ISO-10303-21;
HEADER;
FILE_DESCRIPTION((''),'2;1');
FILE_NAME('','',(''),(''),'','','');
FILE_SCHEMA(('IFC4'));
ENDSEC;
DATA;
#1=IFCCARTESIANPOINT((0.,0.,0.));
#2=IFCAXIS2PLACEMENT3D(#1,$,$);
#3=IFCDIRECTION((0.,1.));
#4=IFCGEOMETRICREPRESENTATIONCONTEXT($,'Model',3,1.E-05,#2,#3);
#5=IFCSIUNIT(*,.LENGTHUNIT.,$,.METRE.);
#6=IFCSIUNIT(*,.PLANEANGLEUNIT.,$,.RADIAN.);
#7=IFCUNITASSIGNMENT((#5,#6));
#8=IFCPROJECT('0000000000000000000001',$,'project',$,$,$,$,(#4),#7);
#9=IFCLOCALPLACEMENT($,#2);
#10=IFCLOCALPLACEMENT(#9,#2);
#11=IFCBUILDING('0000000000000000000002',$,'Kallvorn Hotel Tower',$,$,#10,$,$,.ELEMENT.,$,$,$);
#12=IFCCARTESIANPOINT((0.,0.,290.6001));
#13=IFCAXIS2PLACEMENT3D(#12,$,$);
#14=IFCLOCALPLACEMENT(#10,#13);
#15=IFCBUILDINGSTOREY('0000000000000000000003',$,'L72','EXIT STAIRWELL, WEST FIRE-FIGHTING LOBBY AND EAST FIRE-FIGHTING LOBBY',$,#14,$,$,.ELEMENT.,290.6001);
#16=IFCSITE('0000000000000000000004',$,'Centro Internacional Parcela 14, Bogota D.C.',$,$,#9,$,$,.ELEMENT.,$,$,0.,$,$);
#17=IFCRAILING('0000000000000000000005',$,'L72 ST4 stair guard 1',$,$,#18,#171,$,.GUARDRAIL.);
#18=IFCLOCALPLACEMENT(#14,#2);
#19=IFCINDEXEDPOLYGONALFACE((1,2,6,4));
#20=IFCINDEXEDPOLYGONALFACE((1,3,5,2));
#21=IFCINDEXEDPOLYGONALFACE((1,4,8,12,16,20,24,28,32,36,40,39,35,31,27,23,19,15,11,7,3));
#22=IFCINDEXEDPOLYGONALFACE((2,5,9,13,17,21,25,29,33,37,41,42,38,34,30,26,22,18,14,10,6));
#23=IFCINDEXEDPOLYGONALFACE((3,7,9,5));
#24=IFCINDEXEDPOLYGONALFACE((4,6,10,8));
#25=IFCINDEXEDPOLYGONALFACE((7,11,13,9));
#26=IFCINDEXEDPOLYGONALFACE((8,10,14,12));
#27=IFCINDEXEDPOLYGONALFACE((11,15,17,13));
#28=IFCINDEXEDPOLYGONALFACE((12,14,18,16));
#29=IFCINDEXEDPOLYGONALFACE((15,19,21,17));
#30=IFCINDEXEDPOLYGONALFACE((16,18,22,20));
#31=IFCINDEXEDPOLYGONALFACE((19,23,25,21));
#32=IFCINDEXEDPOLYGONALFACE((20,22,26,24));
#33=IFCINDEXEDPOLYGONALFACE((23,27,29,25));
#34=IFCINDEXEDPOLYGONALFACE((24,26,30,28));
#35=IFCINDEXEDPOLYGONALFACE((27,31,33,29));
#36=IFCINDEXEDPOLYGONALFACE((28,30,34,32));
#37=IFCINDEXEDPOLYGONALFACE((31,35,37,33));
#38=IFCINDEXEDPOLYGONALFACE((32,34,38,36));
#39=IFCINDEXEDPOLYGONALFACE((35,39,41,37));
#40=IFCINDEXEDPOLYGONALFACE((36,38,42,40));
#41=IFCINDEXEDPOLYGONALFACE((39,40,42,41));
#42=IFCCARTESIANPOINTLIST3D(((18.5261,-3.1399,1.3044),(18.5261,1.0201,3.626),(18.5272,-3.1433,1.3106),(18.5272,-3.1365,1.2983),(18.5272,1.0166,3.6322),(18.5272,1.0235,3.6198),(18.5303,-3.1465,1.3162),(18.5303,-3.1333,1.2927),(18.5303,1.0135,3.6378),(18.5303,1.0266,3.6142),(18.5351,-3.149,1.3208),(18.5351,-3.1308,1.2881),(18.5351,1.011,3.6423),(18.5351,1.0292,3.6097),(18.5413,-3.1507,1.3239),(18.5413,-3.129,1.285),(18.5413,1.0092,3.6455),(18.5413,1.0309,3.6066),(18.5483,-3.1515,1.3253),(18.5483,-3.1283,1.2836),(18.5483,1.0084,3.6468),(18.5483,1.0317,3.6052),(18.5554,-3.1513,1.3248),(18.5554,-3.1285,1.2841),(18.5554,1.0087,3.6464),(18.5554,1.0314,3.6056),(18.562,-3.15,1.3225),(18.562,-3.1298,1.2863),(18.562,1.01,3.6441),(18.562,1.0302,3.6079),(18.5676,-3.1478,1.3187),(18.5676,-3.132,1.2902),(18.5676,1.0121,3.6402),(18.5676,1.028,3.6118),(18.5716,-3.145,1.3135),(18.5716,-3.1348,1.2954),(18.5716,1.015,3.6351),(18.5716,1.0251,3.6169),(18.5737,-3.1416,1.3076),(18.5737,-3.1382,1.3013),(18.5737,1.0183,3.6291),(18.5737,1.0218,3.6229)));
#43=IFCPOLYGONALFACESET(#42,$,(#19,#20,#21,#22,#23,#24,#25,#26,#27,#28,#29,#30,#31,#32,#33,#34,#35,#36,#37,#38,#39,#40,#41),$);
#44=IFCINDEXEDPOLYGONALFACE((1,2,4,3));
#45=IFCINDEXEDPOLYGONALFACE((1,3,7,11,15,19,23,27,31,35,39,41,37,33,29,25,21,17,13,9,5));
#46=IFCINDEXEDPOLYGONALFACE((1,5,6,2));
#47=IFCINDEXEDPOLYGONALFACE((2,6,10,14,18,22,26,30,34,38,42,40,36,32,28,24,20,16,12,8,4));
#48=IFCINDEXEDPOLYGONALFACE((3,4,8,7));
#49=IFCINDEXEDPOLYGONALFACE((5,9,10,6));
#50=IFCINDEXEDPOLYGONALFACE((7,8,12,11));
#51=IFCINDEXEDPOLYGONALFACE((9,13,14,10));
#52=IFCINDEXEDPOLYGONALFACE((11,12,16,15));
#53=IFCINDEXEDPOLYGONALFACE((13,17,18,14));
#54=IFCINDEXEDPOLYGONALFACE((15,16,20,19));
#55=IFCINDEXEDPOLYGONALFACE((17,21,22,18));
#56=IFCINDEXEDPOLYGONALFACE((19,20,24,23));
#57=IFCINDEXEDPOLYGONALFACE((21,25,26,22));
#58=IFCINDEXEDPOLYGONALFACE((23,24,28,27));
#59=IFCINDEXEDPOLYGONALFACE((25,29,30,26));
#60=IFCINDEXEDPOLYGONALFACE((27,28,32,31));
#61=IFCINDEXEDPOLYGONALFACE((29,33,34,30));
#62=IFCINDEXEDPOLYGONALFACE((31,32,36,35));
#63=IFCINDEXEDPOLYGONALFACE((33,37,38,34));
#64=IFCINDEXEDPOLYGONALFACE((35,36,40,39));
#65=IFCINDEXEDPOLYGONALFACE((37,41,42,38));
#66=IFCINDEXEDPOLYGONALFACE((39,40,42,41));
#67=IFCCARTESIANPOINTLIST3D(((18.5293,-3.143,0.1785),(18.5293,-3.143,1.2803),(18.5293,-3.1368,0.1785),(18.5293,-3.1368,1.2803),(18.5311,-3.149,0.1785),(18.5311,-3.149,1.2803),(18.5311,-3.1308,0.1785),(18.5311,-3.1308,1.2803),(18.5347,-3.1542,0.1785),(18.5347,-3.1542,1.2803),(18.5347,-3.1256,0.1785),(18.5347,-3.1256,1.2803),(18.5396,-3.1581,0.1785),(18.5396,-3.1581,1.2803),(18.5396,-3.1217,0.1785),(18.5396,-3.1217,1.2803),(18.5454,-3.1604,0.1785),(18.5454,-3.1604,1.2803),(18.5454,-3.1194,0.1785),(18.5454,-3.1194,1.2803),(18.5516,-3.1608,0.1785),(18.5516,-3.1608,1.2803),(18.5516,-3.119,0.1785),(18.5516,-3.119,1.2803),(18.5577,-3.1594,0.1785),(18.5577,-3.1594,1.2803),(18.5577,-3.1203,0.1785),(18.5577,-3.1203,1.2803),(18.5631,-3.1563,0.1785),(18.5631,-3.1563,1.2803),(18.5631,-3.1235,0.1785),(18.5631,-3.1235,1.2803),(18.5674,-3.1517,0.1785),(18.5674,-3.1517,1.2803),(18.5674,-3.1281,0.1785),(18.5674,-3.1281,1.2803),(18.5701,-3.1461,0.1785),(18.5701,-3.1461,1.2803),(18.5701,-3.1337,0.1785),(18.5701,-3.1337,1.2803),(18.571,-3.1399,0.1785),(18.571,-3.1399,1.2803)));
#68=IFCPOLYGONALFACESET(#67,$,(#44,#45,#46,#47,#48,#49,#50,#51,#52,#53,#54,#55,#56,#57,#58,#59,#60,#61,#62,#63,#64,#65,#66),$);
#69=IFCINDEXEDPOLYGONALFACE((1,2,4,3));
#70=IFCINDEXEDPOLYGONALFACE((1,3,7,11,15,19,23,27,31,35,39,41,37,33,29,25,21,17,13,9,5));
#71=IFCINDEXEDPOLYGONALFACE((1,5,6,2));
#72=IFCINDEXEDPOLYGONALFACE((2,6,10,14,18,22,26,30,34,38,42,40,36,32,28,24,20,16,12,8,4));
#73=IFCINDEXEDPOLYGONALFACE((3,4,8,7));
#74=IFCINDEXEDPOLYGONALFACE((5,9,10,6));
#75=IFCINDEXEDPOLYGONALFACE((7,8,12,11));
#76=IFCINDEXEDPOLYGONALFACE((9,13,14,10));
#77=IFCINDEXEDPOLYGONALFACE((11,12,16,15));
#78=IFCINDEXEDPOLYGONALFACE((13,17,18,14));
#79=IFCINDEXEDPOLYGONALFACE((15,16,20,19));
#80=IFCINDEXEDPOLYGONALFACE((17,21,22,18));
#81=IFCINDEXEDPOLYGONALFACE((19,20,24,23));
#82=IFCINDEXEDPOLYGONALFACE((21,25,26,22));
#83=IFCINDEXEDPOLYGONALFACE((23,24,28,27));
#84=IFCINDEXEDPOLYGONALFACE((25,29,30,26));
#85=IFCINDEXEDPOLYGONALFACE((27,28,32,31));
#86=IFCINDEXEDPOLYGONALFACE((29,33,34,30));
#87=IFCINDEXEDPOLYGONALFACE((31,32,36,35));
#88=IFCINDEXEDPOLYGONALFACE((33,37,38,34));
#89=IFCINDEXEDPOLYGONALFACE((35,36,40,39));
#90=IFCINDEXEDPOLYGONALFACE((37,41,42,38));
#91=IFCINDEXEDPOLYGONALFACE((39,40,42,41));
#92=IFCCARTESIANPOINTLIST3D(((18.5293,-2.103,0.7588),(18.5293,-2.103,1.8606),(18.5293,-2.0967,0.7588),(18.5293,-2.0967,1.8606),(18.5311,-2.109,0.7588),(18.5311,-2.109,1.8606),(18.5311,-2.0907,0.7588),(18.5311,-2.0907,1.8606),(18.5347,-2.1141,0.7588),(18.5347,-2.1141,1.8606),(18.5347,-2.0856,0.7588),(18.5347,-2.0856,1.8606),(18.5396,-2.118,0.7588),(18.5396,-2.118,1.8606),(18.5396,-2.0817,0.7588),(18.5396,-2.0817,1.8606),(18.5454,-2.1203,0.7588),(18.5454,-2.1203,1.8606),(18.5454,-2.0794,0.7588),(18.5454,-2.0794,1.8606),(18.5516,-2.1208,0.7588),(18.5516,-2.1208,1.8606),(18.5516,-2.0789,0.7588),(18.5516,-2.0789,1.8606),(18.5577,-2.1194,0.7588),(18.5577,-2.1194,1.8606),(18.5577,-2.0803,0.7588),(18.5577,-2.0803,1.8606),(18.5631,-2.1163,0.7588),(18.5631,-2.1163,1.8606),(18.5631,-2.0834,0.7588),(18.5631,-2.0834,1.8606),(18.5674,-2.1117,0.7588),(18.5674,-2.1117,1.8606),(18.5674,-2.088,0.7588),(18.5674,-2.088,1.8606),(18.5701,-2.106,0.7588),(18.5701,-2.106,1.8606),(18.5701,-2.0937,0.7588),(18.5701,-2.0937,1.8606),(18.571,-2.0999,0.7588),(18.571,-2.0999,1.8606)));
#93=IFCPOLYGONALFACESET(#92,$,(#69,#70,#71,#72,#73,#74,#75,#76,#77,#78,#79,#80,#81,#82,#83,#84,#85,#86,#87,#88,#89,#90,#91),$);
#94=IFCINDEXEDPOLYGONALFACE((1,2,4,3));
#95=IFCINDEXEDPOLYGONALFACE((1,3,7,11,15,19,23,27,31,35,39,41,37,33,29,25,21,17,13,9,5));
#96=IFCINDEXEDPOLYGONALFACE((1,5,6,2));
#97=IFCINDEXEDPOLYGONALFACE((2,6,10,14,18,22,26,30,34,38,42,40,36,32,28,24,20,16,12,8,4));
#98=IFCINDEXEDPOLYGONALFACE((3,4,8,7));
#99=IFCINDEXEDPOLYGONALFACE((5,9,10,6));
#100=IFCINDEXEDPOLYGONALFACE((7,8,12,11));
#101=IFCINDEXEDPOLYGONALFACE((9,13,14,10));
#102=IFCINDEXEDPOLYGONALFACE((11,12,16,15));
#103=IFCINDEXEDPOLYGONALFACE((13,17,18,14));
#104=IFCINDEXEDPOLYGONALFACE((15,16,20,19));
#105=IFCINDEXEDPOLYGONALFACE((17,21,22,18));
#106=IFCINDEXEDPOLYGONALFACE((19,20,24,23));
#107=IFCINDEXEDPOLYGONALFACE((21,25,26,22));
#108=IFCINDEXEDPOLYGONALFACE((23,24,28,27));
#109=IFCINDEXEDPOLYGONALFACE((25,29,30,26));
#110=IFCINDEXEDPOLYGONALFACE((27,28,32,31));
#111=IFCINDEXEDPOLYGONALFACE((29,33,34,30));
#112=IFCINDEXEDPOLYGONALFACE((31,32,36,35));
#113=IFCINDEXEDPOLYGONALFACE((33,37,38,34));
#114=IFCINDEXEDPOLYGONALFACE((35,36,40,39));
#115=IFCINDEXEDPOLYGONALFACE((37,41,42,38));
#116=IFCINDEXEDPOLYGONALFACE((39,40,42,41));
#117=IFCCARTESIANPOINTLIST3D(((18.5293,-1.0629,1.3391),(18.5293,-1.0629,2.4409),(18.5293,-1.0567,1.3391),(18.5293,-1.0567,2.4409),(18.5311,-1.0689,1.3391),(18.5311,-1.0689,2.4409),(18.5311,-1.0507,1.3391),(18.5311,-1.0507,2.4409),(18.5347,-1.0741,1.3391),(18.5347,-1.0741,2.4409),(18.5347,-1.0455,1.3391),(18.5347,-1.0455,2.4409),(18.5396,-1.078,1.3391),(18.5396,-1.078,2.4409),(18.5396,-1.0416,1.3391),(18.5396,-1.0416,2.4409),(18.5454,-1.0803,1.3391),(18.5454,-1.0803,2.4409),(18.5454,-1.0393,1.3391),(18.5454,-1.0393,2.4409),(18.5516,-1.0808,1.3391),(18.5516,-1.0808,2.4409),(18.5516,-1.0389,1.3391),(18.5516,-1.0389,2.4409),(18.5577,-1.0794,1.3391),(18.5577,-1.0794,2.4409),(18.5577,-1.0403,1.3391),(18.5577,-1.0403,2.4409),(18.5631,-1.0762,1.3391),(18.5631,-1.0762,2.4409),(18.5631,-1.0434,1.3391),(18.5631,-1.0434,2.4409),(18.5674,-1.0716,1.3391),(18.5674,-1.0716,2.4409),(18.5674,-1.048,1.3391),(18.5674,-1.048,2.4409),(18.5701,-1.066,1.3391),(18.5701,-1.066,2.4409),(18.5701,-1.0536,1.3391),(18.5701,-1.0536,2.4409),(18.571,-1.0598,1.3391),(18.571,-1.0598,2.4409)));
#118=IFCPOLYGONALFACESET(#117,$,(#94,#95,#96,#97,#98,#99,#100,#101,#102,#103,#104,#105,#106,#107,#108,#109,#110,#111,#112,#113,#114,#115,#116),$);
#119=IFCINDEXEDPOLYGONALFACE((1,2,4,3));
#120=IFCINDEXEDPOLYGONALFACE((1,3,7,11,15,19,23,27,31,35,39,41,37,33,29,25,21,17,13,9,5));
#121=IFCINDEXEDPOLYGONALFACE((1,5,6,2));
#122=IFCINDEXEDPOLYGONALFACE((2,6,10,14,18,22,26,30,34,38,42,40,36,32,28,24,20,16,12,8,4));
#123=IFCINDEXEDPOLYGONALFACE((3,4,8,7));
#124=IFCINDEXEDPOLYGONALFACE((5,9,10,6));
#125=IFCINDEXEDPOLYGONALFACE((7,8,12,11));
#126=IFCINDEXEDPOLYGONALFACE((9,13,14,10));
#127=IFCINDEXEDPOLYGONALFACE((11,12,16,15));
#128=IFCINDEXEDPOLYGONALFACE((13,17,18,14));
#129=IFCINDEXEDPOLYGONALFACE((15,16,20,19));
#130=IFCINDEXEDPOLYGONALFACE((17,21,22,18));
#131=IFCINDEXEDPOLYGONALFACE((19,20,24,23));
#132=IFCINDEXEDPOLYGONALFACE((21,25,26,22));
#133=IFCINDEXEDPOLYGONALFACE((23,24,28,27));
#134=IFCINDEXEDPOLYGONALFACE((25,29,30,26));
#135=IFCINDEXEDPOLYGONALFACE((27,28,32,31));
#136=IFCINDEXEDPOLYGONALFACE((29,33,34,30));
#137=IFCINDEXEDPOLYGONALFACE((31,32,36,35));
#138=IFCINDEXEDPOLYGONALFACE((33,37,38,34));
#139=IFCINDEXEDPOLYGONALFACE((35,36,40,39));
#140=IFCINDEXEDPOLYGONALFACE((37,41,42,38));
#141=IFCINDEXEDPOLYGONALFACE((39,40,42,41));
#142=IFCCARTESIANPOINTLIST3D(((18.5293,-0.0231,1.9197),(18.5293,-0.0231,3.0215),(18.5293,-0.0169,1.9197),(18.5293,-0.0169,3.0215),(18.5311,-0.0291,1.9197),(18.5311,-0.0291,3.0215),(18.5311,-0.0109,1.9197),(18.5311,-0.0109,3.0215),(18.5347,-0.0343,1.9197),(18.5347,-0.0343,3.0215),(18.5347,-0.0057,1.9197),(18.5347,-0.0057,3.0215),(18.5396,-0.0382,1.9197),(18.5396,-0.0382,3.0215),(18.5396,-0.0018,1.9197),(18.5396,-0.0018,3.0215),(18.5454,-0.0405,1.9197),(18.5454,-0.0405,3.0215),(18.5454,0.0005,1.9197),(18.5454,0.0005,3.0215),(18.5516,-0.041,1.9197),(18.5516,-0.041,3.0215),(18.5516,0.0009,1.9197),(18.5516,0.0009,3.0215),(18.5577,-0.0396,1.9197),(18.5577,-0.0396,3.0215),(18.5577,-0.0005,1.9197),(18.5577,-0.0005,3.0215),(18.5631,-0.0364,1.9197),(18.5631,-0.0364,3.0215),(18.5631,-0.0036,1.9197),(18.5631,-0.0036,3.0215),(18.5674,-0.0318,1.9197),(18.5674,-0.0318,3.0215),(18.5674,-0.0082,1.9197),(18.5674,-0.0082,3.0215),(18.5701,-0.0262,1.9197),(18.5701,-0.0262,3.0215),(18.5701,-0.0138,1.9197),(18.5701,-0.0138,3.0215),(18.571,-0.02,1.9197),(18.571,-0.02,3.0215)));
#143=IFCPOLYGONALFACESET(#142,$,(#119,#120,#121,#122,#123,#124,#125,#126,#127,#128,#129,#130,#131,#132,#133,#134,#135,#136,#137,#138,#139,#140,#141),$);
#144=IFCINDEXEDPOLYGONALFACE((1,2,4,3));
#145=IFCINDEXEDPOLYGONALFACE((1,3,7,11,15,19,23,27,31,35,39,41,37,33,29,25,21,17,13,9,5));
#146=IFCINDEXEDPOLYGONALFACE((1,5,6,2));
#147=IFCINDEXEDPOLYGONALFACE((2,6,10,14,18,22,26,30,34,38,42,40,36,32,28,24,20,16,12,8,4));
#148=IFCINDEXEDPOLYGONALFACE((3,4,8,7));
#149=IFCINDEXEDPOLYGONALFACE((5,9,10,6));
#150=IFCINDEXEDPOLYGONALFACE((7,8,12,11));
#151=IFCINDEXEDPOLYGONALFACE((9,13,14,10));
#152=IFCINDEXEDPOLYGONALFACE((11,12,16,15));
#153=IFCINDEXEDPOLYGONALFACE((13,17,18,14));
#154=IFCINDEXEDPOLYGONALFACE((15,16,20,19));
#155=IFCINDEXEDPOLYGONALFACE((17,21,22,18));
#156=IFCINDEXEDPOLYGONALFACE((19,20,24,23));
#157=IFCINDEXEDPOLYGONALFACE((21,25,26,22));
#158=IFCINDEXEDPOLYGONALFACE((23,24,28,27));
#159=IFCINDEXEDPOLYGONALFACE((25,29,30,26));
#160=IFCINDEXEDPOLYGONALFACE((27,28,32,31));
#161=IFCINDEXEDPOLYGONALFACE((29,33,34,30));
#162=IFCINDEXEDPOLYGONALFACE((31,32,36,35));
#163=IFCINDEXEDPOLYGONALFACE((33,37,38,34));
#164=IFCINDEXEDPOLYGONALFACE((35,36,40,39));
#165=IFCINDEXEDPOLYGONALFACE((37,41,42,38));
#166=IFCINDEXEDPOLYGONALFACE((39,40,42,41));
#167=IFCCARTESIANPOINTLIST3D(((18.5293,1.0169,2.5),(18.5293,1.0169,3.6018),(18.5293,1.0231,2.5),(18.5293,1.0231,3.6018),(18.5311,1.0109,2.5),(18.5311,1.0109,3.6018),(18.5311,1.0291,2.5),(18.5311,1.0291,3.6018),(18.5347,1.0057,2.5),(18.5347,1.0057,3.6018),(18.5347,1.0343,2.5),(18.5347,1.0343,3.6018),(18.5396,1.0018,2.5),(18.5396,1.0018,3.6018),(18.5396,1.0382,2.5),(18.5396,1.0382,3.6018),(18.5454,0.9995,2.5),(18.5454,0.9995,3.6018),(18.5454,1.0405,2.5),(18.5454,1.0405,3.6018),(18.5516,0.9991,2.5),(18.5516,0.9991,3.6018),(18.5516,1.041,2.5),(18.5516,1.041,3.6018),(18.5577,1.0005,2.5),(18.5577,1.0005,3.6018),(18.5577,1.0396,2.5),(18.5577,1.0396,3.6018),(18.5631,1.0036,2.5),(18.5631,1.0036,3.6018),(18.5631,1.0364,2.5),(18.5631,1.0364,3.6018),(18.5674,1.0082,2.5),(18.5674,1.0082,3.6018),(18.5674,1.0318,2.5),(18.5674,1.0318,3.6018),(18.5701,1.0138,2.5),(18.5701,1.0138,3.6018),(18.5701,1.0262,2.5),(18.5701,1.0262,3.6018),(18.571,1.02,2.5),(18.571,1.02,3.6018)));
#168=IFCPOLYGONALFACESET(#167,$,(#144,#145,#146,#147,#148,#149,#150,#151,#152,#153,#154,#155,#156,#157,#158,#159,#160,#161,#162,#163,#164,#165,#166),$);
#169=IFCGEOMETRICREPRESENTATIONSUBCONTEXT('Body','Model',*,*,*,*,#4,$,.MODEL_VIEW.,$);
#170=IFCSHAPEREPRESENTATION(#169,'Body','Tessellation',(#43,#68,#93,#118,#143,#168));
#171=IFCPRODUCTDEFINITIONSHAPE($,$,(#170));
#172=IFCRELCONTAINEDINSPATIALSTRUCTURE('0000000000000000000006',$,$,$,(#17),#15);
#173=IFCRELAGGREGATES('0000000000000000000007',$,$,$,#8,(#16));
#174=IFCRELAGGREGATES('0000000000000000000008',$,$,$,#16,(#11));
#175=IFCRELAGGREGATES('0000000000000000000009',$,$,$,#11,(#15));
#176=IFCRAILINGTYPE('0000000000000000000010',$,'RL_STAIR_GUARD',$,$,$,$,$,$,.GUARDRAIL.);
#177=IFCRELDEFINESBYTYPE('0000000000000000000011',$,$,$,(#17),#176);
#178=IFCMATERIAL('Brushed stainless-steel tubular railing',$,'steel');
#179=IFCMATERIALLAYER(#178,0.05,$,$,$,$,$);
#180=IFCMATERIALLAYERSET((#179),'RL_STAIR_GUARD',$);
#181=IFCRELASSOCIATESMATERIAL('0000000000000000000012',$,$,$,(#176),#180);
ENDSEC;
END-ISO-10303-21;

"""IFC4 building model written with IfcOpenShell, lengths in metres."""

from ifc_helpers import new_model, si_unit, direction, frame, origin, origin_2d, place, context, subcontext, project, spatial, circle, extrude, material, layer, layer_set, type_object, element, save


model = new_model("IFC4")

# Units and contexts
model_context = context("Model", 3, precision=1e-05, world=origin(), true_north=direction((0.0, 1.0)))
body_context = subcontext(model_context, "Body", "Model", "MODEL_VIEW")
ifc_project = project(units=[si_unit("LENGTHUNIT", "METRE"), si_unit("PLANEANGLEUNIT", "RADIAN")], contexts=[model_context])

# Site, building, storey
site_placement = place(None, origin())
site = spatial("IfcSite", under=ifc_project, at=site_placement, Name="Centro Internacional Parcela 14, Bogota D.C.", CompositionType="ELEMENT", RefElevation=0.0)
building_placement = place(site_placement, origin())
building = spatial("IfcBuilding", under=site, at=building_placement, Name="Kallvorn Hotel Tower", CompositionType="ELEMENT")
storey_placement = place(building_placement, frame((0.0, 0.0, 290.6001)))
storey = spatial("IfcBuildingStorey", under=building, at=storey_placement, Name="L72", Description="EXIT STAIRWELL, WEST FIRE-FIGHTING LOBBY AND EAST FIRE-FIGHTING LOBBY", CompositionType="ELEMENT", Elevation=290.6001)

# Railing
ifc_material_1 = material(Name="Brushed stainless-steel tubular railing", Category="steel")
ifc_layer_1 = layer(ifc_material_1, 0.05)
ifc_layer_set_1 = layer_set([ifc_layer_1], Name="RL_STAIR_GUARD")
railing_type_1 = type_object("IfcRailingType", Name="RL_STAIR_GUARD", PredefinedType="GUARDRAIL", material=ifc_layer_set_1)
railing_1_placement = place(storey_placement, frame((18.55, -3.1399, 0.1785)))
element("IfcRailing", 1, at=railing_1_placement, inside=storey, type_object=railing_type_1, Name="L72 ST4 stair guard 1", PredefinedType="GUARDRAIL", context=body_context, shape_type="SweptSolid", body=[
    extrude(circle(Radius=0.0239, at=origin_2d()), frame((0.0, 0.0, 1.126), z_axis=(0.0, 0.873223, 0.487322), x_axis=(-1.0, 0.0, 0.0)), (0.0, 0.0, 1.0), 4.7639),
    extrude(circle(Radius=0.021, at=origin_2d()), origin(), (0.0, 0.0, 1.0), 1.1018),
    extrude(circle(Radius=0.021, at=origin_2d()), frame((0.0, 1.04, 0.5803)), (0.0, 0.0, 1.0), 1.1018),
    extrude(circle(Radius=0.021, at=origin_2d()), frame((0.0, 2.0801, 1.1606)), (0.0, 0.0, 1.0), 1.1018),
    extrude(circle(Radius=0.021, at=origin_2d()), frame((0.0, 3.1199, 1.7412)), (0.0, 0.0, 1.0), 1.1018),
    extrude(circle(Radius=0.021, at=origin_2d()), frame((0.0, 4.1599, 2.3215)), (0.0, 0.0, 1.0), 1.1018),
])

save(model, "model.ifc")
